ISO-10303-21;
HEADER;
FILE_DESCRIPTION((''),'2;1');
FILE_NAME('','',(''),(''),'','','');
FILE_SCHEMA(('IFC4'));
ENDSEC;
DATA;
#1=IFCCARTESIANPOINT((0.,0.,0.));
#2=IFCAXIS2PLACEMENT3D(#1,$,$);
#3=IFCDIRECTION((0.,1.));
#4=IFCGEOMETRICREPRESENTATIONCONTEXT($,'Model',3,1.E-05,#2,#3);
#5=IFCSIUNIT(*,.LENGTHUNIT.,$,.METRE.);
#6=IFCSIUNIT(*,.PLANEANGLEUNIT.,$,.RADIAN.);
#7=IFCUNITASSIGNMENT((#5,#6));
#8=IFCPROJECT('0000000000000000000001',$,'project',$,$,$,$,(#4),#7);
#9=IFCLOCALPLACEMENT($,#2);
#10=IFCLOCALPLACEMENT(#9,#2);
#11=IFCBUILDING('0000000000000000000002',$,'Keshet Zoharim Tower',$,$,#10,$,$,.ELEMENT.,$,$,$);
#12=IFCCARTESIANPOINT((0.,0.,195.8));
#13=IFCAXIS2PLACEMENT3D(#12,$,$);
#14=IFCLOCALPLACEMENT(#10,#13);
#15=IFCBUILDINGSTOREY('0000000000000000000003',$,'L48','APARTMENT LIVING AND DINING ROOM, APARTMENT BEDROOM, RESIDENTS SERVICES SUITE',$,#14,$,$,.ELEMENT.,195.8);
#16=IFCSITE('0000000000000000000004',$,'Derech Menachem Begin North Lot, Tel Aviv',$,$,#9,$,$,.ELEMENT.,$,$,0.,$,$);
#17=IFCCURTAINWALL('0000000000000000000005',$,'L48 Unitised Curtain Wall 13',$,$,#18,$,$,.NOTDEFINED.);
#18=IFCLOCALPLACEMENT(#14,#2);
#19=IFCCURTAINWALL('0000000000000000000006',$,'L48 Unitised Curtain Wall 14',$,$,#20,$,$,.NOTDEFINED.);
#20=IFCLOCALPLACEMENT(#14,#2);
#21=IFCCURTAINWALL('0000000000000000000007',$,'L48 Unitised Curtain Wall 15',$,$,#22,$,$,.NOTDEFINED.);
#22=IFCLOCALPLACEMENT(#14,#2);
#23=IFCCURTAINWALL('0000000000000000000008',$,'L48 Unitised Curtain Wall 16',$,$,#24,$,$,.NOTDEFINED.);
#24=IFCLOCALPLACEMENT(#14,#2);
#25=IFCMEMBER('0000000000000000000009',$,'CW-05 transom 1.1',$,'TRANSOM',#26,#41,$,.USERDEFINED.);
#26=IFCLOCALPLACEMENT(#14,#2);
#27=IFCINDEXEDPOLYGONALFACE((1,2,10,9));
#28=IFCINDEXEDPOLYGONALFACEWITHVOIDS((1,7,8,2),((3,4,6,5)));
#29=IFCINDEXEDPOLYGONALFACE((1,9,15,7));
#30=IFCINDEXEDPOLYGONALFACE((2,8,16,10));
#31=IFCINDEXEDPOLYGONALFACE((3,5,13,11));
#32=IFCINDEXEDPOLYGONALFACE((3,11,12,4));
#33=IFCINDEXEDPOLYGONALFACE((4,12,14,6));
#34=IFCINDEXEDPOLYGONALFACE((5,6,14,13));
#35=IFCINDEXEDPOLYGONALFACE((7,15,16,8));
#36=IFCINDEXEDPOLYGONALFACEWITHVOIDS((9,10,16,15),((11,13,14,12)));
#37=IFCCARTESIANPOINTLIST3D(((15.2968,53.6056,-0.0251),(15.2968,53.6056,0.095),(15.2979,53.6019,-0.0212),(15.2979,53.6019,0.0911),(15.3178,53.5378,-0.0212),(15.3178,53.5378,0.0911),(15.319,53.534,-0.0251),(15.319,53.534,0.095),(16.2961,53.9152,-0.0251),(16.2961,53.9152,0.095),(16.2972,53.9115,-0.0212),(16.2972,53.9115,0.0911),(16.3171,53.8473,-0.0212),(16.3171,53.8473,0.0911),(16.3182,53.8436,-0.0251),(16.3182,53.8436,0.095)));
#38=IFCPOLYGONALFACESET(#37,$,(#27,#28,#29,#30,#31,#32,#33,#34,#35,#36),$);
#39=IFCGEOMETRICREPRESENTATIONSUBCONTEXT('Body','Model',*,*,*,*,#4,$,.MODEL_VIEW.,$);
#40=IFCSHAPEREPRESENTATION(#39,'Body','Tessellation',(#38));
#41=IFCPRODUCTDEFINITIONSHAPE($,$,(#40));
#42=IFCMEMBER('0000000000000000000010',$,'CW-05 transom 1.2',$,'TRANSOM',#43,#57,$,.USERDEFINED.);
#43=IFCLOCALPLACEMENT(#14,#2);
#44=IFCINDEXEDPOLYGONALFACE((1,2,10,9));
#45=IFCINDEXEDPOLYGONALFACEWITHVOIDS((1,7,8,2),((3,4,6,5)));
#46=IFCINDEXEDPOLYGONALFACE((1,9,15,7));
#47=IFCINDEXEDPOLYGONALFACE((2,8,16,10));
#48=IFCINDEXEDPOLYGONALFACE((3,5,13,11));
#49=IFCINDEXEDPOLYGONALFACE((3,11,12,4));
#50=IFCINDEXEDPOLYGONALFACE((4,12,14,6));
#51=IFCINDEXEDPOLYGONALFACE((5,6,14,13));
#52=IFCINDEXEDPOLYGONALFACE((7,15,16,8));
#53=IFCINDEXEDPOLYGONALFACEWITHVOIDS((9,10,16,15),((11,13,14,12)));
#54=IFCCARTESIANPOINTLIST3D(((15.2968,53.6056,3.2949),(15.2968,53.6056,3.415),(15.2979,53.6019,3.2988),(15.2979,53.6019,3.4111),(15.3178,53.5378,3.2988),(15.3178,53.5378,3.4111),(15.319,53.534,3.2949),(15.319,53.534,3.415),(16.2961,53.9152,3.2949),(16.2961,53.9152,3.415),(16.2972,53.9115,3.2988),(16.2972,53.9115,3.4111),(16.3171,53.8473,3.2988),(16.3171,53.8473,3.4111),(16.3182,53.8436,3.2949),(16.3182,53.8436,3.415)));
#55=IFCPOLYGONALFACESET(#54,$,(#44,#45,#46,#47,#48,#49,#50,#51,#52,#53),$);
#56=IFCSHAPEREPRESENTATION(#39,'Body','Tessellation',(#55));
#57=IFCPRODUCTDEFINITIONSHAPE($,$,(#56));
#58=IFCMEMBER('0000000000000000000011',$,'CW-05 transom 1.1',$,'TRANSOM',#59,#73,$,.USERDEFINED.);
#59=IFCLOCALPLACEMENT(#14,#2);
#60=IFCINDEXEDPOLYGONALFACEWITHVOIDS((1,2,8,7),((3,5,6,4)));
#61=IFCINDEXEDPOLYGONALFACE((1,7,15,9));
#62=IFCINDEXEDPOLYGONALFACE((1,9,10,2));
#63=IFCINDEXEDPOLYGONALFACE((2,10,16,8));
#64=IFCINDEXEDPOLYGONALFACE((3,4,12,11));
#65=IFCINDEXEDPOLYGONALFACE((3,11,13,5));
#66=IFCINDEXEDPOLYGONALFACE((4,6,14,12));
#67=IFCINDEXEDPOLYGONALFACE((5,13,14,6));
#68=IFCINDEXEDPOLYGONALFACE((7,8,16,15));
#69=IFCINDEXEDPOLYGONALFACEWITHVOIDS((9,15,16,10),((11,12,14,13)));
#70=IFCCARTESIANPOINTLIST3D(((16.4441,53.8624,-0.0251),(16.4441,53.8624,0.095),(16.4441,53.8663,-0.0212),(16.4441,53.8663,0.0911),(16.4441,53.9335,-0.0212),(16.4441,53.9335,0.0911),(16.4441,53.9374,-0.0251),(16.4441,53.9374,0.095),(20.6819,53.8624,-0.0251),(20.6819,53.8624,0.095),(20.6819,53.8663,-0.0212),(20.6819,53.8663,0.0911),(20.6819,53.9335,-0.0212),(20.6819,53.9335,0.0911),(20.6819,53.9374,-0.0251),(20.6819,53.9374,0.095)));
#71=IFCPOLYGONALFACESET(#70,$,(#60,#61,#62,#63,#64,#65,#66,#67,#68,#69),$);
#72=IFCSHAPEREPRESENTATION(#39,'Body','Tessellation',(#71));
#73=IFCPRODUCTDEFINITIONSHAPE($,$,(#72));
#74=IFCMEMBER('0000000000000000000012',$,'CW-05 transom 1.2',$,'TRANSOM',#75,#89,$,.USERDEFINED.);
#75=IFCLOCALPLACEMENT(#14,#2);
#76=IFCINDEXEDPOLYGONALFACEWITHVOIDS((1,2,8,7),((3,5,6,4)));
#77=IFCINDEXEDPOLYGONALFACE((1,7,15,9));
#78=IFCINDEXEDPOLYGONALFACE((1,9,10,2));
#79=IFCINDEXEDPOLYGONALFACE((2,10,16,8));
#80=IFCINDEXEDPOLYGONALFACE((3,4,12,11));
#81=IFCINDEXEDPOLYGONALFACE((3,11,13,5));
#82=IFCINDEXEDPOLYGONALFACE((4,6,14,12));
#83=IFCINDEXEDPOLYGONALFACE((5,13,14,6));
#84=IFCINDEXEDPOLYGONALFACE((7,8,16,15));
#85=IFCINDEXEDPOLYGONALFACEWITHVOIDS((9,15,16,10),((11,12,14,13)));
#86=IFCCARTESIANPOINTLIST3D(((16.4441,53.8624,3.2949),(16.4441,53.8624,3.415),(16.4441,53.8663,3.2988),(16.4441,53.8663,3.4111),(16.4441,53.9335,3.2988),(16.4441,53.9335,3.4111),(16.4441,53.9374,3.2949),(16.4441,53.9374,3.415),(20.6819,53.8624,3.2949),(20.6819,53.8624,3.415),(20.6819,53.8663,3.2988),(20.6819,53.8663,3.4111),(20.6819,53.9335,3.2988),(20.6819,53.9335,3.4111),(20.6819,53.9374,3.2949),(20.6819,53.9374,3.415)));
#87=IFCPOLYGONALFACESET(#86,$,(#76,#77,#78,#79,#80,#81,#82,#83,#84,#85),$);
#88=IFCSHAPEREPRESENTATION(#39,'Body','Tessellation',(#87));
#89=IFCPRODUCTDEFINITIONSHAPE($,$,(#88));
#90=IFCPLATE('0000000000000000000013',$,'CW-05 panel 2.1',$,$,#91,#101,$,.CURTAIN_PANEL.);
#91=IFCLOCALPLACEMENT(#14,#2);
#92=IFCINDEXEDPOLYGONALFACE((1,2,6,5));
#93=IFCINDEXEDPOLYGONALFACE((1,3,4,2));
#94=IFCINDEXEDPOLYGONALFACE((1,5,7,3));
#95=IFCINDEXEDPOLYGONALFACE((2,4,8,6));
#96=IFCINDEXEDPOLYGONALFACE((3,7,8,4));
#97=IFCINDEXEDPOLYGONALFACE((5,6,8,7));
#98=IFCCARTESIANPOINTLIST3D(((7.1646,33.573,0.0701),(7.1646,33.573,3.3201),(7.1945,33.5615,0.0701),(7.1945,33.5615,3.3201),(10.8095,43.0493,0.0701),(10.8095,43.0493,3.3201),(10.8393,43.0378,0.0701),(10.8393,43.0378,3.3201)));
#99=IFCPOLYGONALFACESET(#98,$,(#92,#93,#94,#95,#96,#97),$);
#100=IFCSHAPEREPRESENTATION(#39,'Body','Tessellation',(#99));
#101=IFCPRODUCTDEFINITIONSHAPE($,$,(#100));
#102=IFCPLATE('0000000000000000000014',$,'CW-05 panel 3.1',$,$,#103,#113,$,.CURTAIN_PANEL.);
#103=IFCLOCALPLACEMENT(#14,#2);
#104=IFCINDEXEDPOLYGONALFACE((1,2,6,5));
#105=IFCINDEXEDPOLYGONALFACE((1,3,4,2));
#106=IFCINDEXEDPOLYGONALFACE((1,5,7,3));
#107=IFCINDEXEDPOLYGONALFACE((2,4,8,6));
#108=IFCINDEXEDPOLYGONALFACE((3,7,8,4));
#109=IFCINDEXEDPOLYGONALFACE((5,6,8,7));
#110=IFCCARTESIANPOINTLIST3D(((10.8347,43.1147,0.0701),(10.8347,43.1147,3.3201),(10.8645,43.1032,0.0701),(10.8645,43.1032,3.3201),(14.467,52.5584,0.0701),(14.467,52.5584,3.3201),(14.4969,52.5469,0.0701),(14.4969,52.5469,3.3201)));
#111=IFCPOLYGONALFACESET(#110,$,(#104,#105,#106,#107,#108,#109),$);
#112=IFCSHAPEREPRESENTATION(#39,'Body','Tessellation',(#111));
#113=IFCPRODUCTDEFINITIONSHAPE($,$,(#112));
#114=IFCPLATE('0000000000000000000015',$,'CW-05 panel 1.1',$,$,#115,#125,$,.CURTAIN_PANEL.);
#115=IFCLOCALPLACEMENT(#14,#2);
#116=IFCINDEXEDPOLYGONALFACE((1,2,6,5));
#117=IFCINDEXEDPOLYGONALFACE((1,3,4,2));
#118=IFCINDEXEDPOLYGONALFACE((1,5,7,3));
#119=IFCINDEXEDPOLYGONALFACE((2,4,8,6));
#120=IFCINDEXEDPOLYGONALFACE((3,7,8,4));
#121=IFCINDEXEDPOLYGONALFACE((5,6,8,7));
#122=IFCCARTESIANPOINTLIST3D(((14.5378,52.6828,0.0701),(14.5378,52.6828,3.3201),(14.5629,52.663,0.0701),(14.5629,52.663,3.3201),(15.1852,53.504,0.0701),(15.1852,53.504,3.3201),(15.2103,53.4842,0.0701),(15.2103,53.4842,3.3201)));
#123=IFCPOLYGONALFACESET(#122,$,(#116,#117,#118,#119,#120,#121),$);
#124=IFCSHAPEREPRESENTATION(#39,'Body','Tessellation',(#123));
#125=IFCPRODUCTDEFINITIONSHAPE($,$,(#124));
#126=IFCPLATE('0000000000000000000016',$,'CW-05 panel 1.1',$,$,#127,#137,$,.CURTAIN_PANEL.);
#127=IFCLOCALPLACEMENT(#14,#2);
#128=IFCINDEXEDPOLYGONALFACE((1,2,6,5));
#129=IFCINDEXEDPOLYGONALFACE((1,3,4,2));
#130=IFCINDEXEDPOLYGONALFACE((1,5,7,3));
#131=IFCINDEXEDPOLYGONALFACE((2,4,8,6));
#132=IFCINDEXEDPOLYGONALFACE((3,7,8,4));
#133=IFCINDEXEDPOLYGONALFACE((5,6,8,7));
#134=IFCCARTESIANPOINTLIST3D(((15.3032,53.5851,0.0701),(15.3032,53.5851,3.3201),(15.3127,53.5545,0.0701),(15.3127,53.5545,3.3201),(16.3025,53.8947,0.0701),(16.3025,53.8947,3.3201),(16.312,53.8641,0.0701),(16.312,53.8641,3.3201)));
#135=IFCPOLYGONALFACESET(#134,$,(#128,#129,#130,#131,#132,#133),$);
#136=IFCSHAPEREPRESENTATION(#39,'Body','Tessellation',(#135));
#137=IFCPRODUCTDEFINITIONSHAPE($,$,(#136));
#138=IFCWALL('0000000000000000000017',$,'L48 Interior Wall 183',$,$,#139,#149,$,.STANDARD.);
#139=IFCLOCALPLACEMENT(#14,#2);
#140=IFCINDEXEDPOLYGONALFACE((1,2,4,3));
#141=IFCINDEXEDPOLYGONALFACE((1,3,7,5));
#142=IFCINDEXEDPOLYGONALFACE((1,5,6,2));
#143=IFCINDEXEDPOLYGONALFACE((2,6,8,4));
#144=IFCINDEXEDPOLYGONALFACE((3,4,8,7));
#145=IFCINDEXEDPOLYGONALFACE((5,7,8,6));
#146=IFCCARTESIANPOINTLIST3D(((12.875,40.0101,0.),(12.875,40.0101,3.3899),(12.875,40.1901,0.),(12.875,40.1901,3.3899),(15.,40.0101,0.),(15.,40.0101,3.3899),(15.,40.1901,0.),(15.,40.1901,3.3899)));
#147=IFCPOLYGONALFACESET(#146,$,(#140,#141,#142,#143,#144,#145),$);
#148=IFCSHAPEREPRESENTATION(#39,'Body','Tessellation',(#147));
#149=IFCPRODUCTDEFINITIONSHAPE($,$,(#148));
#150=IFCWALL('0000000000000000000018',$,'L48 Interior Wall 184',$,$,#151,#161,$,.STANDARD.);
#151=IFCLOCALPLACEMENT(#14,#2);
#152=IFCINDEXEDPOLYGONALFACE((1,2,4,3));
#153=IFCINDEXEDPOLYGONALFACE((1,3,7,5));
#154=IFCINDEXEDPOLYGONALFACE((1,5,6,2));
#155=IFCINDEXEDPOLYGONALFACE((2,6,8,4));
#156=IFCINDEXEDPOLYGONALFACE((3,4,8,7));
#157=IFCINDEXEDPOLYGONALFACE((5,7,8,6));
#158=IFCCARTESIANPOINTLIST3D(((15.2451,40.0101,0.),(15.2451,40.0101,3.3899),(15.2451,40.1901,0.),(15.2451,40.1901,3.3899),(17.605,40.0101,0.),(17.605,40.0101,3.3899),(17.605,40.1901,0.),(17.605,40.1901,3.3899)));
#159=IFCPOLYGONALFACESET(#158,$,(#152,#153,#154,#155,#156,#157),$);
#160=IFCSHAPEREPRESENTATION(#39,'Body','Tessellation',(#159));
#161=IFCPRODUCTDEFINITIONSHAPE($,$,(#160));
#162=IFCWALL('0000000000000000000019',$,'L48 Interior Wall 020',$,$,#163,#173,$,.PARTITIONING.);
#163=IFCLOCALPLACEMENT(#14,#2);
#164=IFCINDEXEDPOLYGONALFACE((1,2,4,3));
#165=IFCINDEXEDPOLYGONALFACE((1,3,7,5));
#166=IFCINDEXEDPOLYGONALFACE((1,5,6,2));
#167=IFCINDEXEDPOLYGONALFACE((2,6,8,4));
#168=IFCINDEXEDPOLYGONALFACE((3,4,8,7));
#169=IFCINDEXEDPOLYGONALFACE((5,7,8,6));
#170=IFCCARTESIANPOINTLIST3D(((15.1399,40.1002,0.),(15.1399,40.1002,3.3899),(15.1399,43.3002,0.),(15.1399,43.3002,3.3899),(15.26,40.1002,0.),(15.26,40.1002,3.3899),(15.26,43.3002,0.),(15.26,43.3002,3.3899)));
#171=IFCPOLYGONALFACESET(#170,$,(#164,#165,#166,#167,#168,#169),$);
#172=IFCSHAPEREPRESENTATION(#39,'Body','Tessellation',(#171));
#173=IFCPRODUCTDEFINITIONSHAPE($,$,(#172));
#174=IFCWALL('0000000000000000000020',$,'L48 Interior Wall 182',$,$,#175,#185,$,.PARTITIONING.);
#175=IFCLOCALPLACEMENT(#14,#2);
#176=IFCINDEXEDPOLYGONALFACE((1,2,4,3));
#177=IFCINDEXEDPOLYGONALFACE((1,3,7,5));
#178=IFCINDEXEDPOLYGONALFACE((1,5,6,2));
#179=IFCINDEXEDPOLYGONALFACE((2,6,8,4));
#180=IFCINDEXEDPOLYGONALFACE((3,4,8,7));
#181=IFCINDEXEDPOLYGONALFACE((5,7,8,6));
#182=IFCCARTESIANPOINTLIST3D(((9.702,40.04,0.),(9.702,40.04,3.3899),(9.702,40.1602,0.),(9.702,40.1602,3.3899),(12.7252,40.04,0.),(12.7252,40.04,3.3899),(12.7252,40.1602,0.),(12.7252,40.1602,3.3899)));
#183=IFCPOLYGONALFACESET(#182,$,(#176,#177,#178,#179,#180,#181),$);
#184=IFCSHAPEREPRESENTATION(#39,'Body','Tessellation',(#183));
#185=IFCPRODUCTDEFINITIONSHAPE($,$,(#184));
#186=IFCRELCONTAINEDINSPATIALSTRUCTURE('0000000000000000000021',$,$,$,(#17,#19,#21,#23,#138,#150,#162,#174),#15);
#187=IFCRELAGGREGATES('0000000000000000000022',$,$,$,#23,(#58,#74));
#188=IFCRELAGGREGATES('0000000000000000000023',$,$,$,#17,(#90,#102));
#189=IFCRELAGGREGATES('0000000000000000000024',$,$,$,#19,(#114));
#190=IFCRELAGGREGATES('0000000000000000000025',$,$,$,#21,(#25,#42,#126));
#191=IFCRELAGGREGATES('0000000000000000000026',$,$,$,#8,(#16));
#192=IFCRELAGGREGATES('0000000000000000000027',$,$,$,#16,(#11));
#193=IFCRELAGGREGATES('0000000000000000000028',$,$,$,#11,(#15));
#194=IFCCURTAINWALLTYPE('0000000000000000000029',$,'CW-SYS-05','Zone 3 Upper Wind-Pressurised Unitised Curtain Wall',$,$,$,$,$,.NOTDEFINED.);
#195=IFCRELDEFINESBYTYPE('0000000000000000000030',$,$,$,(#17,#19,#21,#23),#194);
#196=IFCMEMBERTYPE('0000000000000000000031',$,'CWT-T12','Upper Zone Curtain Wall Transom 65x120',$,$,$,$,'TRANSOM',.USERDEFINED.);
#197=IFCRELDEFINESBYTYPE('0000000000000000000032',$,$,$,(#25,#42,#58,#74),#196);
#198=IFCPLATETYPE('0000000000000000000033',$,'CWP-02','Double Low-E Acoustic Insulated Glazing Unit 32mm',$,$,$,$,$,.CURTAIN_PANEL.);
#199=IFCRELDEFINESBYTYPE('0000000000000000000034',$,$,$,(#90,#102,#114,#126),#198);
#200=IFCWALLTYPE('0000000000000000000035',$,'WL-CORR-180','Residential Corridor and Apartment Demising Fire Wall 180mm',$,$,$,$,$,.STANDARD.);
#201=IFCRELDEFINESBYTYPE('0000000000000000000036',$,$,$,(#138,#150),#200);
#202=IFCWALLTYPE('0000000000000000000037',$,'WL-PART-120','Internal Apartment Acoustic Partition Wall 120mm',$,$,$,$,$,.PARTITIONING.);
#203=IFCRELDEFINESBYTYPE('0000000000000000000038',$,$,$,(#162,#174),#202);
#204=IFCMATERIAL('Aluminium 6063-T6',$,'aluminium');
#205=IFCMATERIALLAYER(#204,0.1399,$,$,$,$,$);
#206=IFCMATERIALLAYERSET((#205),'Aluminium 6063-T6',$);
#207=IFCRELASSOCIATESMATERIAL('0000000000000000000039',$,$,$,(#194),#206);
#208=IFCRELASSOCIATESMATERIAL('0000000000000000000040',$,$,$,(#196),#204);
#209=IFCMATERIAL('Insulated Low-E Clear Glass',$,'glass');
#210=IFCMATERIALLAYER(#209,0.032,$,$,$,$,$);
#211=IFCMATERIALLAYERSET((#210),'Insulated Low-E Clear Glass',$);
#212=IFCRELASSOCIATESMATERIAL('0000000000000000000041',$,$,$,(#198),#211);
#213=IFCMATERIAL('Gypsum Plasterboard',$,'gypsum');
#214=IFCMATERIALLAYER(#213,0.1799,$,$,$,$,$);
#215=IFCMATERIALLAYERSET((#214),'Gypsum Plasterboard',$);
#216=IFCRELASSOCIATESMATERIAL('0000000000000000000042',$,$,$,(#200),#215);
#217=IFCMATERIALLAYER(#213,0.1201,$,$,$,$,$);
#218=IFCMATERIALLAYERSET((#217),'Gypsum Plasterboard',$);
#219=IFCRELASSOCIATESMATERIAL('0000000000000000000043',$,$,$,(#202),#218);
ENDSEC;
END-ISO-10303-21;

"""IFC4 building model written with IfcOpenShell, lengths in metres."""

from ifc_helpers import new_model, si_unit, direction, frame, frame_2d, origin, origin_2d, place, context, subcontext, project, spatial, rectangle, hollow_rectangle, extrude, material, layer, layer_set, material_profile, profile_set, type_object, element, aggregate, save


model = new_model("IFC4")

# Units and contexts
model_context = context("Model", 3, precision=1e-05, world=origin(), true_north=direction((0.0, 1.0)))
body_context = subcontext(model_context, "Body", "Model", "MODEL_VIEW")
ifc_project = project(units=[si_unit("LENGTHUNIT", "METRE"), si_unit("PLANEANGLEUNIT", "RADIAN")], contexts=[model_context])

# Site, building, storey
site_placement = place(None, origin())
site = spatial("IfcSite", under=ifc_project, at=site_placement, Name="Derech Menachem Begin North Lot, Tel Aviv", CompositionType="ELEMENT", RefElevation=0.0)
building_placement = place(site_placement, origin())
building = spatial("IfcBuilding", under=site, at=building_placement, Name="Keshet Zoharim Tower", CompositionType="ELEMENT")
storey_placement = place(building_placement, frame((0.0, 0.0, 195.8)))
storey = spatial("IfcBuildingStorey", under=building, at=storey_placement, Name="L48", Description="APARTMENT LIVING AND DINING ROOM, APARTMENT BEDROOM, RESIDENTS SERVICES SUITE", CompositionType="ELEMENT", Elevation=195.8)

# Curtain walls
ifc_material_1 = material(Name="Aluminium 6063-T6", Category="aluminium")
ifc_layer_1 = layer(ifc_material_1, 0.1399)
ifc_layer_set_1 = layer_set([ifc_layer_1], Name="Aluminium 6063-T6")
curtain_wall_type = type_object("IfcCurtainWallType", Name="CW-SYS-05", Description="Zone 3 Upper Wind-Pressurised Unitised Curtain Wall", PredefinedType="NOTDEFINED", material=ifc_layer_set_1)
curtain_wall_1_placement = place(storey_placement, origin())
curtain_wall_1 = element("IfcCurtainWall", 1, at=curtain_wall_1_placement, inside=storey, type_object=curtain_wall_type, Name="L48 Unitised Curtain Wall 13", PredefinedType="NOTDEFINED")
curtain_wall_2_placement = place(storey_placement, origin())
curtain_wall_2 = element("IfcCurtainWall", 2, at=curtain_wall_2_placement, inside=storey, type_object=curtain_wall_type, Name="L48 Unitised Curtain Wall 14", PredefinedType="NOTDEFINED")
curtain_wall_3_placement = place(storey_placement, origin())
curtain_wall_3 = element("IfcCurtainWall", 3, at=curtain_wall_3_placement, inside=storey, type_object=curtain_wall_type, Name="L48 Unitised Curtain Wall 15", PredefinedType="NOTDEFINED")

# Curtain wall
curtain_wall_4_placement = place(storey_placement, origin())
curtain_wall_4 = element("IfcCurtainWall", 4, at=curtain_wall_4_placement, inside=storey, type_object=curtain_wall_type, Name="L48 Unitised Curtain Wall 16", PredefinedType="NOTDEFINED")

# Members
ifc_material_profile_1 = material_profile(ifc_material_1, hollow_rectangle(XDim=0.075, YDim=0.1201, WallThickness=0.0039, at=origin_2d()), Name="TRN-75x120")
ifc_profile_set_1 = profile_set([ifc_material_profile_1], Name="Aluminium 6063-T6")
member_type_1 = type_object("IfcMemberType", Name="CWT-T12", Description="Upper Zone Curtain Wall Transom 65x120", ElementType="TRANSOM", PredefinedType="USERDEFINED", material=ifc_profile_set_1)
member_1_placement = place(storey_placement, frame((15.3079, 53.5698, 0.0349), z_axis=(0.955212, 0.295922, 0.0), x_axis=(-0.295922, 0.955212, 0.0)))
member_1 = element("IfcMember", 5, at=member_1_placement, type_object=member_type_1, Name="CW-05 transom 1.1", ObjectType="TRANSOM", PredefinedType="USERDEFINED", context=body_context, shape_type="SweptSolid", body=[
    extrude(hollow_rectangle(XDim=0.075, YDim=0.1201, WallThickness=0.0039, at=origin_2d()), origin(), (0.0, 0.0, 1.0), 1.0461),
])
member_2_placement = place(storey_placement, frame((15.3079, 53.5698, 3.355), z_axis=(0.955212, 0.295922, 0.0), x_axis=(-0.295922, 0.955212, 0.0)))
member_2 = element("IfcMember", 6, at=member_2_placement, type_object=member_type_1, Name="CW-05 transom 1.2", ObjectType="TRANSOM", PredefinedType="USERDEFINED", context=body_context, shape_type="SweptSolid", body=[
    extrude(hollow_rectangle(XDim=0.075, YDim=0.1201, WallThickness=0.0039, at=origin_2d()), origin(), (0.0, 0.0, 1.0), 1.0461),
])
member_3_placement = place(storey_placement, frame((16.4441, 53.8999, 0.0349), z_axis=(1.0, 0.0, 0.0), x_axis=(0.0, 1.0, 0.0)))
member_3 = element("IfcMember", 7, at=member_3_placement, type_object=member_type_1, Name="CW-05 transom 1.1", ObjectType="TRANSOM", PredefinedType="USERDEFINED", context=body_context, shape_type="SweptSolid", body=[
    extrude(hollow_rectangle(XDim=0.075, YDim=0.1201, WallThickness=0.0039, at=origin_2d()), origin(), (0.0, 0.0, 1.0), 4.2378),
])
member_4_placement = place(storey_placement, frame((16.4441, 53.8999, 3.355), z_axis=(1.0, 0.0, 0.0), x_axis=(0.0, 1.0, 0.0)))
member_4 = element("IfcMember", 8, at=member_4_placement, type_object=member_type_1, Name="CW-05 transom 1.2", ObjectType="TRANSOM", PredefinedType="USERDEFINED", context=body_context, shape_type="SweptSolid", body=[
    extrude(hollow_rectangle(XDim=0.075, YDim=0.1201, WallThickness=0.0039, at=origin_2d()), origin(), (0.0, 0.0, 1.0), 4.2378),
])
aggregate(curtain_wall_4, [member_3, member_4])

# Plates
ifc_material_2 = material(Name="Insulated Low-E Clear Glass", Category="glass")
ifc_layer_2 = layer(ifc_material_2, 0.032)
ifc_layer_set_2 = layer_set([ifc_layer_2], Name="Insulated Low-E Clear Glass")
plate_type = type_object("IfcPlateType", Name="CWP-02", Description="Double Low-E Acoustic Insulated Glazing Unit 32mm", PredefinedType="CURTAIN_PANEL", material=ifc_layer_set_2)
plate_1_placement = place(storey_placement, frame((9.002, 38.3054, 0.0701), z_axis=(0.0, 0.0, 1.0), x_axis=(0.35899, 0.933341, 0.0)))
plate_1 = element("IfcPlate", 9, at=plate_1_placement, type_object=plate_type, Name="CW-05 panel 2.1", PredefinedType="CURTAIN_PANEL", context=body_context, shape_type="SweptSolid", body=[
    extrude(rectangle(XDim=10.1531, YDim=0.032, at=origin_2d()), origin(), (0.0, 0.0, 1.0), 3.25),
])
plate_2_placement = place(storey_placement, frame((12.6658, 47.8308, 0.0701), z_axis=(0.0, 0.0, 1.0), x_axis=(0.35899, 0.933341, 0.0)))
plate_2 = element("IfcPlate", 10, at=plate_2_placement, type_object=plate_type, Name="CW-05 panel 3.1", PredefinedType="CURTAIN_PANEL", context=body_context, shape_type="SweptSolid", body=[
    extrude(rectangle(XDim=10.1182, YDim=0.032, at=origin_2d()), origin(), (0.0, 0.0, 1.0), 3.25),
])
aggregate(curtain_wall_1, [plate_1, plate_2])
plate_3_placement = place(storey_placement, frame((14.874, 53.0835, 0.0701), z_axis=(0.0, 0.0, 1.0), x_axis=(0.619125, 0.785293, 0.0)))
plate_3 = element("IfcPlate", 11, at=plate_3_placement, type_object=plate_type, Name="CW-05 panel 1.1", PredefinedType="CURTAIN_PANEL", context=body_context, shape_type="SweptSolid", body=[
    extrude(rectangle(XDim=1.0457, YDim=0.032, at=origin_2d()), origin(), (0.0, 0.0, 1.0), 3.25),
])
aggregate(curtain_wall_2, [plate_3])
plate_4_placement = place(storey_placement, frame((15.8076, 53.7246, 0.0701), z_axis=(0.0, 0.0, 1.0), x_axis=(0.955212, 0.295922, 0.0)))
plate_4 = element("IfcPlate", 12, at=plate_4_placement, type_object=plate_type, Name="CW-05 panel 1.1", PredefinedType="CURTAIN_PANEL", context=body_context, shape_type="SweptSolid", body=[
    extrude(rectangle(XDim=1.0461, YDim=0.032, at=origin_2d()), origin(), (0.0, 0.0, 1.0), 3.25),
])
aggregate(curtain_wall_3, [member_1, member_2, plate_4])

# Walls
ifc_material_3 = material(Name="Gypsum Plasterboard", Category="gypsum")
ifc_layer_3 = layer(ifc_material_3, 0.1799)
ifc_layer_set_3 = layer_set([ifc_layer_3], Name="Gypsum Plasterboard")
wall_type_1 = type_object("IfcWallType", Name="WL-CORR-180", Description="Residential Corridor and Apartment Demising Fire Wall 180mm", PredefinedType="STANDARD", material=ifc_layer_set_3)
wall_1_placement = place(storey_placement, frame((12.875, 40.1001, 0.0), z_axis=(0.0, 0.0, 1.0), x_axis=(1.0, 0.0, 0.0)))
element("IfcWall", 13, at=wall_1_placement, inside=storey, type_object=wall_type_1, Name="L48 Interior Wall 183", PredefinedType="STANDARD", context=body_context, shape_type="SweptSolid", body=[
    extrude(rectangle(XDim=2.125, YDim=0.1799, at=frame_2d((1.0625, 0.0))), origin(), (0.0, 0.0, 1.0), 3.3899),
])
wall_2_placement = place(storey_placement, frame((15.2451, 40.1001, 0.0), z_axis=(0.0, 0.0, 1.0), x_axis=(1.0, 0.0, 0.0)))
element("IfcWall", 14, at=wall_2_placement, inside=storey, type_object=wall_type_1, Name="L48 Interior Wall 184", PredefinedType="STANDARD", context=body_context, shape_type="SweptSolid", body=[
    extrude(rectangle(XDim=2.3599, YDim=0.1799, at=frame_2d((1.1799, 0.0))), origin(), (0.0, 0.0, 1.0), 3.3899),
])
ifc_layer_4 = layer(ifc_material_3, 0.1201)
ifc_layer_set_4 = layer_set([ifc_layer_4], Name="Gypsum Plasterboard")
wall_type_2 = type_object("IfcWallType", Name="WL-PART-120", Description="Internal Apartment Acoustic Partition Wall 120mm", PredefinedType="PARTITIONING", material=ifc_layer_set_4)
wall_3_placement = place(storey_placement, frame((15.2, 40.1001, 0.0), z_axis=(0.0, 0.0, 1.0), x_axis=(0.0, 1.0, 0.0)))
element("IfcWall", 15, at=wall_3_placement, inside=storey, type_object=wall_type_2, Name="L48 Interior Wall 020", PredefinedType="PARTITIONING", context=body_context, shape_type="SweptSolid", body=[
    extrude(rectangle(XDim=3.2, YDim=0.1201, at=frame_2d((1.6001, 0.0))), origin(), (0.0, 0.0, 1.0), 3.3899),
])

# Wall
wall_4_placement = place(storey_placement, frame((9.7019, 40.1001, 0.0), z_axis=(0.0, 0.0, 1.0), x_axis=(1.0, 0.0, 0.0)))
element("IfcWall", 16, at=wall_4_placement, inside=storey, type_object=wall_type_2, Name="L48 Interior Wall 182", PredefinedType="PARTITIONING", context=body_context, shape_type="SweptSolid", body=[
    extrude(rectangle(XDim=3.0232, YDim=0.1201, at=frame_2d((1.5117, 0.0))), origin(), (0.0, 0.0, 1.0), 3.3899),
])

save(model, "model.ifc")
